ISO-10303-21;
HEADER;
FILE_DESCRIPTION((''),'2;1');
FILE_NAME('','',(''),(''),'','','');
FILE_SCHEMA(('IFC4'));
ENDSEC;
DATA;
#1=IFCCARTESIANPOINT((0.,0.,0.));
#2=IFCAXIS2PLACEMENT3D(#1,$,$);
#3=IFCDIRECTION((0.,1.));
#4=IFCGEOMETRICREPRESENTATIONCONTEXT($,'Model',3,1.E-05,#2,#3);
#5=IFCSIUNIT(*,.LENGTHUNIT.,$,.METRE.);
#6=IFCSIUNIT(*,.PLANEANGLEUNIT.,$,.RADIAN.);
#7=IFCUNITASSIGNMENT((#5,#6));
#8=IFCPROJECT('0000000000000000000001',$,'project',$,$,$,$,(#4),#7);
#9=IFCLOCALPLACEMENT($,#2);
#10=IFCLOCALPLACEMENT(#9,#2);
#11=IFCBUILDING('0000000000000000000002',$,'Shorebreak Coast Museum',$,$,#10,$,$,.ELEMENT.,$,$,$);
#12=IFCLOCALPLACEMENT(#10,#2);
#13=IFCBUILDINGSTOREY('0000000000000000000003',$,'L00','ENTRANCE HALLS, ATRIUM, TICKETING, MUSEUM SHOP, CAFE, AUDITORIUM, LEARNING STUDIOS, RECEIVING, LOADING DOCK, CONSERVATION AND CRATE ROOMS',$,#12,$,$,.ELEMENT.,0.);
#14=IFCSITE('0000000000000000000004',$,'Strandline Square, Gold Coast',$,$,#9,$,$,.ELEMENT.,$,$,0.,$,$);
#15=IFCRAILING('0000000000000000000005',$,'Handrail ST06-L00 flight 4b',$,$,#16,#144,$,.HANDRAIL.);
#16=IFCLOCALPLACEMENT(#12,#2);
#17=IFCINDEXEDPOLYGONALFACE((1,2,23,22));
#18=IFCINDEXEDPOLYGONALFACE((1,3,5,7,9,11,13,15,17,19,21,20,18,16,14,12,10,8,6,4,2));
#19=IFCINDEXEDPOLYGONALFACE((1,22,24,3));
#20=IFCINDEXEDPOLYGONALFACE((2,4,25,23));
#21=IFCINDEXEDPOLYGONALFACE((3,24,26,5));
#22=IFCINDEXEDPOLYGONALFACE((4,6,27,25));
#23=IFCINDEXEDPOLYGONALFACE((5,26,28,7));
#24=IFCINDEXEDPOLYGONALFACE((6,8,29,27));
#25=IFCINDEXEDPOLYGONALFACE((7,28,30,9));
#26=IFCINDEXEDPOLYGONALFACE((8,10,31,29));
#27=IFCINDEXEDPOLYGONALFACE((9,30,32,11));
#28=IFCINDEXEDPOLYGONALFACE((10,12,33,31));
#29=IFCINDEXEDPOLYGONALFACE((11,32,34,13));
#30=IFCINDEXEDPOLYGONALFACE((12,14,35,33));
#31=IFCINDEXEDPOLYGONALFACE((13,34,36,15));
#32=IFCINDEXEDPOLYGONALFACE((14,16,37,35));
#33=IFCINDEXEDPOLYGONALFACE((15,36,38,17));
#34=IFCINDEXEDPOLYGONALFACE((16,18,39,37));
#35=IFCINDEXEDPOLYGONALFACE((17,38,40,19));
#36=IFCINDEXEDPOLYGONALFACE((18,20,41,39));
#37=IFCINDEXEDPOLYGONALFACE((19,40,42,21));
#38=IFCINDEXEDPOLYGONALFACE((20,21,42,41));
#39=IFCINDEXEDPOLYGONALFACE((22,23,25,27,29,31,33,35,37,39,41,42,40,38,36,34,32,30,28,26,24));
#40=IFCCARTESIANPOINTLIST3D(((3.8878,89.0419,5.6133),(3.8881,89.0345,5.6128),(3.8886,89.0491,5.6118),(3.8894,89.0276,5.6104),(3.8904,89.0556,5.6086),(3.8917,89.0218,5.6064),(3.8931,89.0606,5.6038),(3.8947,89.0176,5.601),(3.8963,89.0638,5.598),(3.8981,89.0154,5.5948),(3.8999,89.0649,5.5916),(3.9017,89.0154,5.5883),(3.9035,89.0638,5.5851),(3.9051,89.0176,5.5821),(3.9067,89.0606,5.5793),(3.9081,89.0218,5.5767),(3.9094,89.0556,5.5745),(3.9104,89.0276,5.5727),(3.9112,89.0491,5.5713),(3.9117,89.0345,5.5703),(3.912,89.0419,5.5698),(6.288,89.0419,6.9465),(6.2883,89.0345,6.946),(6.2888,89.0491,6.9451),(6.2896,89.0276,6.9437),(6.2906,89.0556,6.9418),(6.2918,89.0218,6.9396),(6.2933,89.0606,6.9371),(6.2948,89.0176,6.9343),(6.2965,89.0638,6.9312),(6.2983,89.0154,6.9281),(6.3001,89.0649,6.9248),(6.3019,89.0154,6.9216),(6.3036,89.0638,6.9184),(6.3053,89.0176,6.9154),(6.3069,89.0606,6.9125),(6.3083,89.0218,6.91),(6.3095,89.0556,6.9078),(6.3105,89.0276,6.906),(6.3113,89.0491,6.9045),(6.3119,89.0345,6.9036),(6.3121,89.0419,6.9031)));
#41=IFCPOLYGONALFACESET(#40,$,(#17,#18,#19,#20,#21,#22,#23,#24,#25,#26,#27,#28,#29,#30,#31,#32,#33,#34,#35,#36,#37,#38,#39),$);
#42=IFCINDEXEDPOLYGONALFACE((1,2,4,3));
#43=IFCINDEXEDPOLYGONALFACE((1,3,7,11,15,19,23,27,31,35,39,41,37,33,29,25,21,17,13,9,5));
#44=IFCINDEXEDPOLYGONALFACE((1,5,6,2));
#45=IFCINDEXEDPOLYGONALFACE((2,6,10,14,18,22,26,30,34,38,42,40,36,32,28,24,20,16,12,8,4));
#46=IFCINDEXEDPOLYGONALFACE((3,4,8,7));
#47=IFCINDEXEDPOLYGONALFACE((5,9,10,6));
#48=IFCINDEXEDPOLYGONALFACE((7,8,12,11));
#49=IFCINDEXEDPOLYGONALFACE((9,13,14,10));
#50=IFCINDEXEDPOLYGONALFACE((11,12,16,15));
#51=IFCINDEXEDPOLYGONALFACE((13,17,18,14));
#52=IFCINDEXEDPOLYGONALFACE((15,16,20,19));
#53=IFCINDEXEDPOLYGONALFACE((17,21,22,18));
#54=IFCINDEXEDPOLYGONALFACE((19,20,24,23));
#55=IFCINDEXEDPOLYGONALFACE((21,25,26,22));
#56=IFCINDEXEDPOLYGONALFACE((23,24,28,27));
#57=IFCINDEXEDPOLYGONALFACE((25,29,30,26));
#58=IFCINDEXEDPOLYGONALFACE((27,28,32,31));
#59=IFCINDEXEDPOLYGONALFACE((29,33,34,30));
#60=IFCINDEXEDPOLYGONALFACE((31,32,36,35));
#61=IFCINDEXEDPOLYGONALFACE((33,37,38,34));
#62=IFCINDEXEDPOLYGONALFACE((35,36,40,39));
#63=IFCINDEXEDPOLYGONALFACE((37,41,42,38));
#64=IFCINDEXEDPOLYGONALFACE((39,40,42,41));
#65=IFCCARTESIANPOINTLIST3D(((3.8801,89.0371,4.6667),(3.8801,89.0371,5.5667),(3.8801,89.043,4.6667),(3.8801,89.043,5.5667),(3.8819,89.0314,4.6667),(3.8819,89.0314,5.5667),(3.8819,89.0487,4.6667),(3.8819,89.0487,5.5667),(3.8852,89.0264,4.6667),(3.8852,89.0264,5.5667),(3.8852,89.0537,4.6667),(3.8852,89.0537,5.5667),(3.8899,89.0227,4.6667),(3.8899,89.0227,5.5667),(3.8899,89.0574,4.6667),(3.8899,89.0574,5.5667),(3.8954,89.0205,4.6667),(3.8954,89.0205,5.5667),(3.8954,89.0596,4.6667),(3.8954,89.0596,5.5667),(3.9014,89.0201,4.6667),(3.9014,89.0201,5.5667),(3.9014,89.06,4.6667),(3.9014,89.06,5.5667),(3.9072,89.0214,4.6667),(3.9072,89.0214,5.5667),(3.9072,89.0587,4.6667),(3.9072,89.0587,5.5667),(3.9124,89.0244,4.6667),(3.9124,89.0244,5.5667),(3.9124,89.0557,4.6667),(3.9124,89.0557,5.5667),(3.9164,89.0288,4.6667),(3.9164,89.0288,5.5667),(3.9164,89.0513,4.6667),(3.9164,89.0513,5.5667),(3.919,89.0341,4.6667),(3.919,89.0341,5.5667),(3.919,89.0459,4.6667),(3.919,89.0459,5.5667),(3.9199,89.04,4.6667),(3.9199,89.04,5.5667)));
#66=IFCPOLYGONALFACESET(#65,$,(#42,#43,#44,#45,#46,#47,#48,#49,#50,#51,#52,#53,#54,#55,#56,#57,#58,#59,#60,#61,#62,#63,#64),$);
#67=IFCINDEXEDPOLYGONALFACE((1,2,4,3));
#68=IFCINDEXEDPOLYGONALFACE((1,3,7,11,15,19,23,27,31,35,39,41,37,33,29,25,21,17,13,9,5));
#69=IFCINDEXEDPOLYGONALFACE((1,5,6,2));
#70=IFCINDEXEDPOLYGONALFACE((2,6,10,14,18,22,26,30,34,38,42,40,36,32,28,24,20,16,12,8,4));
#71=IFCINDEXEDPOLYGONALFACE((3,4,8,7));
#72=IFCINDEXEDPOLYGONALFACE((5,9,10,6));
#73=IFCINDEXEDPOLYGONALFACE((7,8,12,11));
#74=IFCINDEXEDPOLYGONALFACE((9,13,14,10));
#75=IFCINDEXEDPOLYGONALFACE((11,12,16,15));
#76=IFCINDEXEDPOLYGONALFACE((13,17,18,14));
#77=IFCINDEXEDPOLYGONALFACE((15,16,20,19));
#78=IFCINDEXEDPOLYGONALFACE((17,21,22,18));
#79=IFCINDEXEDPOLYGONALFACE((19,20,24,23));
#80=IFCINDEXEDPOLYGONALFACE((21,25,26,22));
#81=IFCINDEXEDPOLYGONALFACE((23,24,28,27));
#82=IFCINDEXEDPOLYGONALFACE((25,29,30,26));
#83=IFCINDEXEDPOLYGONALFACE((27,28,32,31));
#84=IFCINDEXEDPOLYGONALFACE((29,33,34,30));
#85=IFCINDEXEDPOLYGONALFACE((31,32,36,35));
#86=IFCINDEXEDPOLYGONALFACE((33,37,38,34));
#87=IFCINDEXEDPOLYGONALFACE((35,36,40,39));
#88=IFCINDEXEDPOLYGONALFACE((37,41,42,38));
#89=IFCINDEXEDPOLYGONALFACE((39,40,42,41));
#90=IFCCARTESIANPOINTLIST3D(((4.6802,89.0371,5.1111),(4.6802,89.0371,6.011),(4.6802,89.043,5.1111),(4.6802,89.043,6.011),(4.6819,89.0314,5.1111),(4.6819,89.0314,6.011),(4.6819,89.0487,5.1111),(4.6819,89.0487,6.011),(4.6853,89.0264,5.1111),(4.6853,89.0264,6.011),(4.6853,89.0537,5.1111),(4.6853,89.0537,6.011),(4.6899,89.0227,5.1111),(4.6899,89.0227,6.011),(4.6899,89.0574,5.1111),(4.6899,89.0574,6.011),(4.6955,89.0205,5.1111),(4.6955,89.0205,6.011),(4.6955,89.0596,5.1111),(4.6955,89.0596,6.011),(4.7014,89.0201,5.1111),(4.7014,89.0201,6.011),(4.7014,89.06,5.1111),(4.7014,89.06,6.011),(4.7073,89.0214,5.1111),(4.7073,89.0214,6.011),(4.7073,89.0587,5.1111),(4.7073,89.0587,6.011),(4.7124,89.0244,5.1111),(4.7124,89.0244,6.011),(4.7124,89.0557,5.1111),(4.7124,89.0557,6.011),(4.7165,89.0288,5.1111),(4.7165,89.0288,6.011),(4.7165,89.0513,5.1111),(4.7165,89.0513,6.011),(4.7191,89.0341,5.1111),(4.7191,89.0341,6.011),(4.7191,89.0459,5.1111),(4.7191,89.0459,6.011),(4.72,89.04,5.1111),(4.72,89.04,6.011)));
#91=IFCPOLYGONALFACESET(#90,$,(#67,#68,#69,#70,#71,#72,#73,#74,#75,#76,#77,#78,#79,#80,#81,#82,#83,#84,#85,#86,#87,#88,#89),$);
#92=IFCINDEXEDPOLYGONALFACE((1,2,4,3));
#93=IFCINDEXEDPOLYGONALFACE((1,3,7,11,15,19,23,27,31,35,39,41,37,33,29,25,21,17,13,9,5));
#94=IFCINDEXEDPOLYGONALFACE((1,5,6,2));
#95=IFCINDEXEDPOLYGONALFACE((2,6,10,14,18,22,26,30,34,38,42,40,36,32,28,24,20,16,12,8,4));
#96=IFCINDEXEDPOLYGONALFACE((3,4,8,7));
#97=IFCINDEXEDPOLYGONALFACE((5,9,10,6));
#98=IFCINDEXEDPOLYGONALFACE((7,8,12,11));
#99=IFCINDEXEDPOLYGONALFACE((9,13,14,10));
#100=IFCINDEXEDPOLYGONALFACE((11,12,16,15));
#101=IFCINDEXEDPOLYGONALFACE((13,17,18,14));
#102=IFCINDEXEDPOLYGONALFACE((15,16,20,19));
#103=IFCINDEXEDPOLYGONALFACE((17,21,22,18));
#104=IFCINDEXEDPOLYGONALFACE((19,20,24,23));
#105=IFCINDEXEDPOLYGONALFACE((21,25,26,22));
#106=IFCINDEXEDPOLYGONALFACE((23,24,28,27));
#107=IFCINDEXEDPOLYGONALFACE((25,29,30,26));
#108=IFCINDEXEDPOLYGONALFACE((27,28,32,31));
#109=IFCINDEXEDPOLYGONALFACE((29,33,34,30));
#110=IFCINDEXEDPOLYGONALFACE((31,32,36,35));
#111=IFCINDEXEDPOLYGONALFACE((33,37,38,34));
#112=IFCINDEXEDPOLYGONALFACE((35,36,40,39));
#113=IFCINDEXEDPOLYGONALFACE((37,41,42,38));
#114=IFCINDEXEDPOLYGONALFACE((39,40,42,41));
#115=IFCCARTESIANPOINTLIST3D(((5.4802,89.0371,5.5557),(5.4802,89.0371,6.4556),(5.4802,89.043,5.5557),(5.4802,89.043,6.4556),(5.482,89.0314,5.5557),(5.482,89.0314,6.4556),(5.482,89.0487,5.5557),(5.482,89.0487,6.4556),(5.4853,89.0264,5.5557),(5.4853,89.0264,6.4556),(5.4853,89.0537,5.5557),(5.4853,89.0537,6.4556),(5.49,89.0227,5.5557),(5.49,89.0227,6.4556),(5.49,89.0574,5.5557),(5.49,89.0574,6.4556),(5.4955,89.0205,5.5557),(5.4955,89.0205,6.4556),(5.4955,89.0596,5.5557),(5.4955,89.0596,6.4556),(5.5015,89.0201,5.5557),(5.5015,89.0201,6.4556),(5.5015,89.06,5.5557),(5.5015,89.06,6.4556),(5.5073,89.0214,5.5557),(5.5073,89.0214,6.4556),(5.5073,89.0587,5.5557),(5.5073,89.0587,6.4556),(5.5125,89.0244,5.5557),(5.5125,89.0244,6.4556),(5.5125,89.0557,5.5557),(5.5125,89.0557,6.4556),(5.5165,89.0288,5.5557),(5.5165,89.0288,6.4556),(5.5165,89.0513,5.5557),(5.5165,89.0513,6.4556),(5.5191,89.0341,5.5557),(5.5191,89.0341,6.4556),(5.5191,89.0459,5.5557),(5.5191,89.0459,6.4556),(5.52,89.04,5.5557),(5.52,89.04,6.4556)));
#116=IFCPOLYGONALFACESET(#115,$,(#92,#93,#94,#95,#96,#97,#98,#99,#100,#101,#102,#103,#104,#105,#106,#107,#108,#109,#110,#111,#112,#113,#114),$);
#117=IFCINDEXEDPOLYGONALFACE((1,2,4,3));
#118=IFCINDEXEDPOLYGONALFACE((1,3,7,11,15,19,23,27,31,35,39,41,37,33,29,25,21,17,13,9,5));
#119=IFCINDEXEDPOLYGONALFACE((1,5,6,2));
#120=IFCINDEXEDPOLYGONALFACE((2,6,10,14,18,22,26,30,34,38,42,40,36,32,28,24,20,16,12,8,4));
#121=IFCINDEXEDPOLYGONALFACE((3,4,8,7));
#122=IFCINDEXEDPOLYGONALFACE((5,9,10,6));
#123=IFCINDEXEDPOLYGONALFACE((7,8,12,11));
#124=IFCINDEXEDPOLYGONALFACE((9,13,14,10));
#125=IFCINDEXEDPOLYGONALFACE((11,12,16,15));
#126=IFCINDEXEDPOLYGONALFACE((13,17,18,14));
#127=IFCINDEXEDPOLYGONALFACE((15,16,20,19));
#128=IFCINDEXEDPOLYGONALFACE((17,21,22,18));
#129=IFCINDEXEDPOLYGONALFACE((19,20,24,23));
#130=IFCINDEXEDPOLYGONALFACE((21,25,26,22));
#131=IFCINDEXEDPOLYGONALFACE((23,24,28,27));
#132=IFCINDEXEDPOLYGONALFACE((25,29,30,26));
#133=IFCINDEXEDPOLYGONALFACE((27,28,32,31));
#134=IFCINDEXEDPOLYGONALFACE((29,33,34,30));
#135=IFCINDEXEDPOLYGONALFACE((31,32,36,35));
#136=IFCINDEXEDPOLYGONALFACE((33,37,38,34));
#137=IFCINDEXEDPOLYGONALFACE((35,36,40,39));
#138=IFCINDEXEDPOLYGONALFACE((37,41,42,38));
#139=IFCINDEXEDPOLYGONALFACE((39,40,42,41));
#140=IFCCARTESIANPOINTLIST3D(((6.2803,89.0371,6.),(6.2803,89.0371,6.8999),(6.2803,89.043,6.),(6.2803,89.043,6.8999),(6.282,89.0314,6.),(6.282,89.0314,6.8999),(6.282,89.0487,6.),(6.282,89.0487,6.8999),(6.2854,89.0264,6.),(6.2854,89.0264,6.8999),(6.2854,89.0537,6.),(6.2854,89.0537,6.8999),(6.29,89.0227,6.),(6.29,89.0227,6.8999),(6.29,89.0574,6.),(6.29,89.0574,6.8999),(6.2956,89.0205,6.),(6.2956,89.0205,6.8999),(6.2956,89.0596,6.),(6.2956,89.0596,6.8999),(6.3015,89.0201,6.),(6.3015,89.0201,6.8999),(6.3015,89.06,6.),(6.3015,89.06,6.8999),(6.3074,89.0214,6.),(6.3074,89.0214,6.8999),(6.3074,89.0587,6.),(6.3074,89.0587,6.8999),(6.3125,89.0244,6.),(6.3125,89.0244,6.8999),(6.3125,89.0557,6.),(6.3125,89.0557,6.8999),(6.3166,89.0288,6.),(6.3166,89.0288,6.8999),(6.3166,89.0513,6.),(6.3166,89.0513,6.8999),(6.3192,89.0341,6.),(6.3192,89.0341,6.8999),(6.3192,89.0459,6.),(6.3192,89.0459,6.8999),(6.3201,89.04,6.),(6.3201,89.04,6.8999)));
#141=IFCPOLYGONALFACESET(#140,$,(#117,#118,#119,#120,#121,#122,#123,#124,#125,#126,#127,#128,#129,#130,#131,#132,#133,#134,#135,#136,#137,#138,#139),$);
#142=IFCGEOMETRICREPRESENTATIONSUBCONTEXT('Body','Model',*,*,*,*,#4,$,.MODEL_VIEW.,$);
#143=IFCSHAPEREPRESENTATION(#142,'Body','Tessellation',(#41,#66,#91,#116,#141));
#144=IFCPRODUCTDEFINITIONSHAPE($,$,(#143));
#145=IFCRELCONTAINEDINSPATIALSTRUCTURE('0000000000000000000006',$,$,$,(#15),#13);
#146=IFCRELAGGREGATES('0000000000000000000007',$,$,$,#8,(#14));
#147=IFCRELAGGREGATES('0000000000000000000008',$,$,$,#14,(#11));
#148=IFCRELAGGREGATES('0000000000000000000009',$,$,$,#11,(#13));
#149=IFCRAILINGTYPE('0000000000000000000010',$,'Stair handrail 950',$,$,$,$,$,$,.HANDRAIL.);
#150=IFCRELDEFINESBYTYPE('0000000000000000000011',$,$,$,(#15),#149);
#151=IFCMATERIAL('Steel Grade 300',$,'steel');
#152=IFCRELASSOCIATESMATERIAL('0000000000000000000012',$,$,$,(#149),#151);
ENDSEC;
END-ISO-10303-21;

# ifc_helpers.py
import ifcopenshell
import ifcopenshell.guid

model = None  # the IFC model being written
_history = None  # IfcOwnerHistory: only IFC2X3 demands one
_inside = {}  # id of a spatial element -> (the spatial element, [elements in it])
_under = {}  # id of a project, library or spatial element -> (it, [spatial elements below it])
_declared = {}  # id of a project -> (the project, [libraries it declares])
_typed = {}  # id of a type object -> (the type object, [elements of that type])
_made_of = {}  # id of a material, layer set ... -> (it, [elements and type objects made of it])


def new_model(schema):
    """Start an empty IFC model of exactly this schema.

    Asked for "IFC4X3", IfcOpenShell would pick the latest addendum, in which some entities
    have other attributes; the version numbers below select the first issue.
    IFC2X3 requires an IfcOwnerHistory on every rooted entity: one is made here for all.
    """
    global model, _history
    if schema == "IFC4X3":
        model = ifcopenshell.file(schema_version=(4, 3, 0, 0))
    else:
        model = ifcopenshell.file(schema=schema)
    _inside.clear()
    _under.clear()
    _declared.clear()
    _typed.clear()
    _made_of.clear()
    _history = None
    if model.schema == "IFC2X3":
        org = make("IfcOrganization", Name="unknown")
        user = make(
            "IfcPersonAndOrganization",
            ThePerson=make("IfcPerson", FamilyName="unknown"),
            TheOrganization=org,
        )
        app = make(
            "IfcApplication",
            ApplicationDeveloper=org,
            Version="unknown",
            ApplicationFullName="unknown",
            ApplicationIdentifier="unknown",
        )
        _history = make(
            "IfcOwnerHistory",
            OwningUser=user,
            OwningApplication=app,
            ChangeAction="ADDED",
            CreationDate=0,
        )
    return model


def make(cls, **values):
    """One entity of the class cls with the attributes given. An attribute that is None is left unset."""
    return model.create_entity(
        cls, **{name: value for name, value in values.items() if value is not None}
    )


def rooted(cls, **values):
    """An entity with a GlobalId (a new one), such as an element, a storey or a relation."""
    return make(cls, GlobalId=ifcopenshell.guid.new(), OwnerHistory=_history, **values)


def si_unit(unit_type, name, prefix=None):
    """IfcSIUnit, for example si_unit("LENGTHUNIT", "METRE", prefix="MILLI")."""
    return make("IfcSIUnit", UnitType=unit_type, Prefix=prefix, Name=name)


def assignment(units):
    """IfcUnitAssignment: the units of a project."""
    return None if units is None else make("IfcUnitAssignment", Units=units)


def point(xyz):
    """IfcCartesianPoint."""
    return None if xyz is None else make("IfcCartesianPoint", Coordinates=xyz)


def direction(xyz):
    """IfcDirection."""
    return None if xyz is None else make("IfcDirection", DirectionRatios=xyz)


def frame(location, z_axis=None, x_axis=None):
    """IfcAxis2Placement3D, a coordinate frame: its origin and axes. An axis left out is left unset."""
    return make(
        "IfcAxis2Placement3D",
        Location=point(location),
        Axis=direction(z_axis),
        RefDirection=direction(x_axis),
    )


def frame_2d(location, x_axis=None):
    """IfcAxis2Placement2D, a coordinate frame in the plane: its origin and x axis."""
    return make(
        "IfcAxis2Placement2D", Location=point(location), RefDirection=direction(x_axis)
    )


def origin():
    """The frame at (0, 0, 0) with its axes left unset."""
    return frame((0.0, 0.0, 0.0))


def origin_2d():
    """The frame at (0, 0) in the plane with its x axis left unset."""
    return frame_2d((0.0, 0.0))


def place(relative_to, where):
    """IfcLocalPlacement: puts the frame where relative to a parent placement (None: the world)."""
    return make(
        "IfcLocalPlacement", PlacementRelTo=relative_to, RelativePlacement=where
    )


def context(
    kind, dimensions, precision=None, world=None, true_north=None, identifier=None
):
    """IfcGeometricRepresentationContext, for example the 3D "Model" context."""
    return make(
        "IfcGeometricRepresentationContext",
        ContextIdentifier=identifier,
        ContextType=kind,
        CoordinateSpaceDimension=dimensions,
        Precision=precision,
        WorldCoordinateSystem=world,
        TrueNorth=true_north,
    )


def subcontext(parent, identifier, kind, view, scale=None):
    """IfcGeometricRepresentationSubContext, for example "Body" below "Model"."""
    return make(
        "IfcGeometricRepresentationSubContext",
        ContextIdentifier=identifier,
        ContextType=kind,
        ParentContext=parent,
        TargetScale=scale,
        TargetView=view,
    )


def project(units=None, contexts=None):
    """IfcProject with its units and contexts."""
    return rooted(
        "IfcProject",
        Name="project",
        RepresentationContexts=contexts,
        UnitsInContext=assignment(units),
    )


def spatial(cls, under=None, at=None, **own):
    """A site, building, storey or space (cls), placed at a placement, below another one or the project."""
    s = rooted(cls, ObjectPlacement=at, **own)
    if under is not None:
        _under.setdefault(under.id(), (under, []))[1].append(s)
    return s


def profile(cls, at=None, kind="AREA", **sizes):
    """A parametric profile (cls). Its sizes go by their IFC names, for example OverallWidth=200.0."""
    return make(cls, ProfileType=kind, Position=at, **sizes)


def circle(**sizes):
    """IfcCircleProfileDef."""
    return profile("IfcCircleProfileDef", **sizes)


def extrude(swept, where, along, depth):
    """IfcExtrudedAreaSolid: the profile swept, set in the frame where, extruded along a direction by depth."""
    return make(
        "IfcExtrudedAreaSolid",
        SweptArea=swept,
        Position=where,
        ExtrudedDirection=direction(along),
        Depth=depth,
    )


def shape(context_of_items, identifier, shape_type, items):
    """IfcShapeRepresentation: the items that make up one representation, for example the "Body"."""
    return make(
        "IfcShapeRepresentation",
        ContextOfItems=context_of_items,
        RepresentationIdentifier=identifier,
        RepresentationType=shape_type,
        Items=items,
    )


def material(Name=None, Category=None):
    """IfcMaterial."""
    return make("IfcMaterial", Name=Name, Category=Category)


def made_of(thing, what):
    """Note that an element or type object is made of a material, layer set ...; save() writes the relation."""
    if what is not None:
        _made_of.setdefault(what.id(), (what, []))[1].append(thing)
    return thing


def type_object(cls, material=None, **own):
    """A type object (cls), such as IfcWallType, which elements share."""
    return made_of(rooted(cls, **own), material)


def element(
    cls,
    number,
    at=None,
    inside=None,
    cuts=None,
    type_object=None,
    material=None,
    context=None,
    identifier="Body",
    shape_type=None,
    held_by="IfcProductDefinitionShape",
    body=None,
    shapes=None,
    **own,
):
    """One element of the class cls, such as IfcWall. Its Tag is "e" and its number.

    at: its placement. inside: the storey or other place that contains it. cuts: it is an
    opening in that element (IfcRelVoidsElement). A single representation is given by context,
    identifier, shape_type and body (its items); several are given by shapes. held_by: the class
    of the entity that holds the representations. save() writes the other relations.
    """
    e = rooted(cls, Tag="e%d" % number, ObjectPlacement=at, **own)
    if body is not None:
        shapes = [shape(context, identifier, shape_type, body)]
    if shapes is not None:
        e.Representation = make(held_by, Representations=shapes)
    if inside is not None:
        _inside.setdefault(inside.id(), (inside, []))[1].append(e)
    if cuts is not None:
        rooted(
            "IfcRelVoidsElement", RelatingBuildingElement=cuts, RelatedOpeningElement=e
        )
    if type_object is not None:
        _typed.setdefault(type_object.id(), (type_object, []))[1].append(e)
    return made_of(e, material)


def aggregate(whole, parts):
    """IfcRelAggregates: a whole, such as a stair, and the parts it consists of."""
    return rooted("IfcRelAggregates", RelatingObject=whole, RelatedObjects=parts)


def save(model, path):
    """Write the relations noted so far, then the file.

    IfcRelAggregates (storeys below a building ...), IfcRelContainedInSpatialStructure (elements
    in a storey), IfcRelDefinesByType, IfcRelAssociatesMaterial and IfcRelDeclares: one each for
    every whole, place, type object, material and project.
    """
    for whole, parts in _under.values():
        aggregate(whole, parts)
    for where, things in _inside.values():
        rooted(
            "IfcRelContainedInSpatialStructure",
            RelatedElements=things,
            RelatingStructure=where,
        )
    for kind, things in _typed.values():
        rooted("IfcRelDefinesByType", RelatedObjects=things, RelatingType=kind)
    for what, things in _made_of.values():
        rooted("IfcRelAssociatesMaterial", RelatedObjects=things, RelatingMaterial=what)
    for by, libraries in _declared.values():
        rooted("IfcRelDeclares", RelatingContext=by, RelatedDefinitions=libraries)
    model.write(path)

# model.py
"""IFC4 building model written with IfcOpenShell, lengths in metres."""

from ifc_helpers import new_model, si_unit, direction, frame, origin, origin_2d, place, context, subcontext, project, spatial, circle, extrude, material, type_object, element, save


model = new_model("IFC4")

# Units and contexts
model_context = context("Model", 3, precision=1e-05, world=origin(), true_north=direction((0.0, 1.0)))
body_context = subcontext(model_context, "Body", "Model", "MODEL_VIEW")
ifc_project = project(units=[si_unit("LENGTHUNIT", "METRE"), si_unit("PLANEANGLEUNIT", "RADIAN")], contexts=[model_context])

# Site, building, storey
site_placement = place(None, origin())
site = spatial("IfcSite", under=ifc_project, at=site_placement, Name="Strandline Square, Gold Coast", CompositionType="ELEMENT", RefElevation=0.0)
building_placement = place(site_placement, origin())
building = spatial("IfcBuilding", under=site, at=building_placement, Name="Shorebreak Coast Museum", CompositionType="ELEMENT")
storey_placement = place(building_placement, origin())
storey = spatial("IfcBuildingStorey", under=building, at=storey_placement, Name="L00", Description="ENTRANCE HALLS, ATRIUM, TICKETING, MUSEUM SHOP, CAFE, AUDITORIUM, LEARNING STUDIOS, RECEIVING, LOADING DOCK, CONSERVATION AND CRATE ROOMS", CompositionType="ELEMENT", Elevation=0.0)

# Railing
ifc_material_1 = material(Name="Steel Grade 300", Category="steel")
railing_type_1 = type_object("IfcRailingType", Name="Stair handrail 950", PredefinedType="HANDRAIL", material=ifc_material_1)
for number, where, name in (
    (1, (3.8999, 89.04, 4.6667), "Handrail ST06-L00 flight 4b"),
):
    element("IfcRailing", number, at=place(storey_placement, frame(where)), inside=storey, type_object=railing_type_1, Name=name, PredefinedType="HANDRAIL", context=body_context, shape_type="SweptSolid", body=[
        extrude(circle(Radius=0.0249, at=origin_2d()), frame((0.0, 0.0, 0.9248), z_axis=(0.874182, 0.0, 0.485598), x_axis=(0.0, 1.0, 0.0)), (0.0, 0.0, 1.0), 2.7456),
        extrude(circle(Radius=0.02, at=origin_2d()), origin(), (0.0, 0.0, 1.0), 0.8999),
        extrude(circle(Radius=0.02, at=origin_2d()), frame((0.8, 0.0, 0.4443)), (0.0, 0.0, 1.0), 0.8999),
        extrude(circle(Radius=0.02, at=origin_2d()), frame((1.6001, 0.0, 0.8889)), (0.0, 0.0, 1.0), 0.8999),
        extrude(circle(Radius=0.02, at=origin_2d()), frame((2.4001, 0.0, 1.3333)), (0.0, 0.0, 1.0), 0.8999),
    ])

save(model, "model.ifc")
